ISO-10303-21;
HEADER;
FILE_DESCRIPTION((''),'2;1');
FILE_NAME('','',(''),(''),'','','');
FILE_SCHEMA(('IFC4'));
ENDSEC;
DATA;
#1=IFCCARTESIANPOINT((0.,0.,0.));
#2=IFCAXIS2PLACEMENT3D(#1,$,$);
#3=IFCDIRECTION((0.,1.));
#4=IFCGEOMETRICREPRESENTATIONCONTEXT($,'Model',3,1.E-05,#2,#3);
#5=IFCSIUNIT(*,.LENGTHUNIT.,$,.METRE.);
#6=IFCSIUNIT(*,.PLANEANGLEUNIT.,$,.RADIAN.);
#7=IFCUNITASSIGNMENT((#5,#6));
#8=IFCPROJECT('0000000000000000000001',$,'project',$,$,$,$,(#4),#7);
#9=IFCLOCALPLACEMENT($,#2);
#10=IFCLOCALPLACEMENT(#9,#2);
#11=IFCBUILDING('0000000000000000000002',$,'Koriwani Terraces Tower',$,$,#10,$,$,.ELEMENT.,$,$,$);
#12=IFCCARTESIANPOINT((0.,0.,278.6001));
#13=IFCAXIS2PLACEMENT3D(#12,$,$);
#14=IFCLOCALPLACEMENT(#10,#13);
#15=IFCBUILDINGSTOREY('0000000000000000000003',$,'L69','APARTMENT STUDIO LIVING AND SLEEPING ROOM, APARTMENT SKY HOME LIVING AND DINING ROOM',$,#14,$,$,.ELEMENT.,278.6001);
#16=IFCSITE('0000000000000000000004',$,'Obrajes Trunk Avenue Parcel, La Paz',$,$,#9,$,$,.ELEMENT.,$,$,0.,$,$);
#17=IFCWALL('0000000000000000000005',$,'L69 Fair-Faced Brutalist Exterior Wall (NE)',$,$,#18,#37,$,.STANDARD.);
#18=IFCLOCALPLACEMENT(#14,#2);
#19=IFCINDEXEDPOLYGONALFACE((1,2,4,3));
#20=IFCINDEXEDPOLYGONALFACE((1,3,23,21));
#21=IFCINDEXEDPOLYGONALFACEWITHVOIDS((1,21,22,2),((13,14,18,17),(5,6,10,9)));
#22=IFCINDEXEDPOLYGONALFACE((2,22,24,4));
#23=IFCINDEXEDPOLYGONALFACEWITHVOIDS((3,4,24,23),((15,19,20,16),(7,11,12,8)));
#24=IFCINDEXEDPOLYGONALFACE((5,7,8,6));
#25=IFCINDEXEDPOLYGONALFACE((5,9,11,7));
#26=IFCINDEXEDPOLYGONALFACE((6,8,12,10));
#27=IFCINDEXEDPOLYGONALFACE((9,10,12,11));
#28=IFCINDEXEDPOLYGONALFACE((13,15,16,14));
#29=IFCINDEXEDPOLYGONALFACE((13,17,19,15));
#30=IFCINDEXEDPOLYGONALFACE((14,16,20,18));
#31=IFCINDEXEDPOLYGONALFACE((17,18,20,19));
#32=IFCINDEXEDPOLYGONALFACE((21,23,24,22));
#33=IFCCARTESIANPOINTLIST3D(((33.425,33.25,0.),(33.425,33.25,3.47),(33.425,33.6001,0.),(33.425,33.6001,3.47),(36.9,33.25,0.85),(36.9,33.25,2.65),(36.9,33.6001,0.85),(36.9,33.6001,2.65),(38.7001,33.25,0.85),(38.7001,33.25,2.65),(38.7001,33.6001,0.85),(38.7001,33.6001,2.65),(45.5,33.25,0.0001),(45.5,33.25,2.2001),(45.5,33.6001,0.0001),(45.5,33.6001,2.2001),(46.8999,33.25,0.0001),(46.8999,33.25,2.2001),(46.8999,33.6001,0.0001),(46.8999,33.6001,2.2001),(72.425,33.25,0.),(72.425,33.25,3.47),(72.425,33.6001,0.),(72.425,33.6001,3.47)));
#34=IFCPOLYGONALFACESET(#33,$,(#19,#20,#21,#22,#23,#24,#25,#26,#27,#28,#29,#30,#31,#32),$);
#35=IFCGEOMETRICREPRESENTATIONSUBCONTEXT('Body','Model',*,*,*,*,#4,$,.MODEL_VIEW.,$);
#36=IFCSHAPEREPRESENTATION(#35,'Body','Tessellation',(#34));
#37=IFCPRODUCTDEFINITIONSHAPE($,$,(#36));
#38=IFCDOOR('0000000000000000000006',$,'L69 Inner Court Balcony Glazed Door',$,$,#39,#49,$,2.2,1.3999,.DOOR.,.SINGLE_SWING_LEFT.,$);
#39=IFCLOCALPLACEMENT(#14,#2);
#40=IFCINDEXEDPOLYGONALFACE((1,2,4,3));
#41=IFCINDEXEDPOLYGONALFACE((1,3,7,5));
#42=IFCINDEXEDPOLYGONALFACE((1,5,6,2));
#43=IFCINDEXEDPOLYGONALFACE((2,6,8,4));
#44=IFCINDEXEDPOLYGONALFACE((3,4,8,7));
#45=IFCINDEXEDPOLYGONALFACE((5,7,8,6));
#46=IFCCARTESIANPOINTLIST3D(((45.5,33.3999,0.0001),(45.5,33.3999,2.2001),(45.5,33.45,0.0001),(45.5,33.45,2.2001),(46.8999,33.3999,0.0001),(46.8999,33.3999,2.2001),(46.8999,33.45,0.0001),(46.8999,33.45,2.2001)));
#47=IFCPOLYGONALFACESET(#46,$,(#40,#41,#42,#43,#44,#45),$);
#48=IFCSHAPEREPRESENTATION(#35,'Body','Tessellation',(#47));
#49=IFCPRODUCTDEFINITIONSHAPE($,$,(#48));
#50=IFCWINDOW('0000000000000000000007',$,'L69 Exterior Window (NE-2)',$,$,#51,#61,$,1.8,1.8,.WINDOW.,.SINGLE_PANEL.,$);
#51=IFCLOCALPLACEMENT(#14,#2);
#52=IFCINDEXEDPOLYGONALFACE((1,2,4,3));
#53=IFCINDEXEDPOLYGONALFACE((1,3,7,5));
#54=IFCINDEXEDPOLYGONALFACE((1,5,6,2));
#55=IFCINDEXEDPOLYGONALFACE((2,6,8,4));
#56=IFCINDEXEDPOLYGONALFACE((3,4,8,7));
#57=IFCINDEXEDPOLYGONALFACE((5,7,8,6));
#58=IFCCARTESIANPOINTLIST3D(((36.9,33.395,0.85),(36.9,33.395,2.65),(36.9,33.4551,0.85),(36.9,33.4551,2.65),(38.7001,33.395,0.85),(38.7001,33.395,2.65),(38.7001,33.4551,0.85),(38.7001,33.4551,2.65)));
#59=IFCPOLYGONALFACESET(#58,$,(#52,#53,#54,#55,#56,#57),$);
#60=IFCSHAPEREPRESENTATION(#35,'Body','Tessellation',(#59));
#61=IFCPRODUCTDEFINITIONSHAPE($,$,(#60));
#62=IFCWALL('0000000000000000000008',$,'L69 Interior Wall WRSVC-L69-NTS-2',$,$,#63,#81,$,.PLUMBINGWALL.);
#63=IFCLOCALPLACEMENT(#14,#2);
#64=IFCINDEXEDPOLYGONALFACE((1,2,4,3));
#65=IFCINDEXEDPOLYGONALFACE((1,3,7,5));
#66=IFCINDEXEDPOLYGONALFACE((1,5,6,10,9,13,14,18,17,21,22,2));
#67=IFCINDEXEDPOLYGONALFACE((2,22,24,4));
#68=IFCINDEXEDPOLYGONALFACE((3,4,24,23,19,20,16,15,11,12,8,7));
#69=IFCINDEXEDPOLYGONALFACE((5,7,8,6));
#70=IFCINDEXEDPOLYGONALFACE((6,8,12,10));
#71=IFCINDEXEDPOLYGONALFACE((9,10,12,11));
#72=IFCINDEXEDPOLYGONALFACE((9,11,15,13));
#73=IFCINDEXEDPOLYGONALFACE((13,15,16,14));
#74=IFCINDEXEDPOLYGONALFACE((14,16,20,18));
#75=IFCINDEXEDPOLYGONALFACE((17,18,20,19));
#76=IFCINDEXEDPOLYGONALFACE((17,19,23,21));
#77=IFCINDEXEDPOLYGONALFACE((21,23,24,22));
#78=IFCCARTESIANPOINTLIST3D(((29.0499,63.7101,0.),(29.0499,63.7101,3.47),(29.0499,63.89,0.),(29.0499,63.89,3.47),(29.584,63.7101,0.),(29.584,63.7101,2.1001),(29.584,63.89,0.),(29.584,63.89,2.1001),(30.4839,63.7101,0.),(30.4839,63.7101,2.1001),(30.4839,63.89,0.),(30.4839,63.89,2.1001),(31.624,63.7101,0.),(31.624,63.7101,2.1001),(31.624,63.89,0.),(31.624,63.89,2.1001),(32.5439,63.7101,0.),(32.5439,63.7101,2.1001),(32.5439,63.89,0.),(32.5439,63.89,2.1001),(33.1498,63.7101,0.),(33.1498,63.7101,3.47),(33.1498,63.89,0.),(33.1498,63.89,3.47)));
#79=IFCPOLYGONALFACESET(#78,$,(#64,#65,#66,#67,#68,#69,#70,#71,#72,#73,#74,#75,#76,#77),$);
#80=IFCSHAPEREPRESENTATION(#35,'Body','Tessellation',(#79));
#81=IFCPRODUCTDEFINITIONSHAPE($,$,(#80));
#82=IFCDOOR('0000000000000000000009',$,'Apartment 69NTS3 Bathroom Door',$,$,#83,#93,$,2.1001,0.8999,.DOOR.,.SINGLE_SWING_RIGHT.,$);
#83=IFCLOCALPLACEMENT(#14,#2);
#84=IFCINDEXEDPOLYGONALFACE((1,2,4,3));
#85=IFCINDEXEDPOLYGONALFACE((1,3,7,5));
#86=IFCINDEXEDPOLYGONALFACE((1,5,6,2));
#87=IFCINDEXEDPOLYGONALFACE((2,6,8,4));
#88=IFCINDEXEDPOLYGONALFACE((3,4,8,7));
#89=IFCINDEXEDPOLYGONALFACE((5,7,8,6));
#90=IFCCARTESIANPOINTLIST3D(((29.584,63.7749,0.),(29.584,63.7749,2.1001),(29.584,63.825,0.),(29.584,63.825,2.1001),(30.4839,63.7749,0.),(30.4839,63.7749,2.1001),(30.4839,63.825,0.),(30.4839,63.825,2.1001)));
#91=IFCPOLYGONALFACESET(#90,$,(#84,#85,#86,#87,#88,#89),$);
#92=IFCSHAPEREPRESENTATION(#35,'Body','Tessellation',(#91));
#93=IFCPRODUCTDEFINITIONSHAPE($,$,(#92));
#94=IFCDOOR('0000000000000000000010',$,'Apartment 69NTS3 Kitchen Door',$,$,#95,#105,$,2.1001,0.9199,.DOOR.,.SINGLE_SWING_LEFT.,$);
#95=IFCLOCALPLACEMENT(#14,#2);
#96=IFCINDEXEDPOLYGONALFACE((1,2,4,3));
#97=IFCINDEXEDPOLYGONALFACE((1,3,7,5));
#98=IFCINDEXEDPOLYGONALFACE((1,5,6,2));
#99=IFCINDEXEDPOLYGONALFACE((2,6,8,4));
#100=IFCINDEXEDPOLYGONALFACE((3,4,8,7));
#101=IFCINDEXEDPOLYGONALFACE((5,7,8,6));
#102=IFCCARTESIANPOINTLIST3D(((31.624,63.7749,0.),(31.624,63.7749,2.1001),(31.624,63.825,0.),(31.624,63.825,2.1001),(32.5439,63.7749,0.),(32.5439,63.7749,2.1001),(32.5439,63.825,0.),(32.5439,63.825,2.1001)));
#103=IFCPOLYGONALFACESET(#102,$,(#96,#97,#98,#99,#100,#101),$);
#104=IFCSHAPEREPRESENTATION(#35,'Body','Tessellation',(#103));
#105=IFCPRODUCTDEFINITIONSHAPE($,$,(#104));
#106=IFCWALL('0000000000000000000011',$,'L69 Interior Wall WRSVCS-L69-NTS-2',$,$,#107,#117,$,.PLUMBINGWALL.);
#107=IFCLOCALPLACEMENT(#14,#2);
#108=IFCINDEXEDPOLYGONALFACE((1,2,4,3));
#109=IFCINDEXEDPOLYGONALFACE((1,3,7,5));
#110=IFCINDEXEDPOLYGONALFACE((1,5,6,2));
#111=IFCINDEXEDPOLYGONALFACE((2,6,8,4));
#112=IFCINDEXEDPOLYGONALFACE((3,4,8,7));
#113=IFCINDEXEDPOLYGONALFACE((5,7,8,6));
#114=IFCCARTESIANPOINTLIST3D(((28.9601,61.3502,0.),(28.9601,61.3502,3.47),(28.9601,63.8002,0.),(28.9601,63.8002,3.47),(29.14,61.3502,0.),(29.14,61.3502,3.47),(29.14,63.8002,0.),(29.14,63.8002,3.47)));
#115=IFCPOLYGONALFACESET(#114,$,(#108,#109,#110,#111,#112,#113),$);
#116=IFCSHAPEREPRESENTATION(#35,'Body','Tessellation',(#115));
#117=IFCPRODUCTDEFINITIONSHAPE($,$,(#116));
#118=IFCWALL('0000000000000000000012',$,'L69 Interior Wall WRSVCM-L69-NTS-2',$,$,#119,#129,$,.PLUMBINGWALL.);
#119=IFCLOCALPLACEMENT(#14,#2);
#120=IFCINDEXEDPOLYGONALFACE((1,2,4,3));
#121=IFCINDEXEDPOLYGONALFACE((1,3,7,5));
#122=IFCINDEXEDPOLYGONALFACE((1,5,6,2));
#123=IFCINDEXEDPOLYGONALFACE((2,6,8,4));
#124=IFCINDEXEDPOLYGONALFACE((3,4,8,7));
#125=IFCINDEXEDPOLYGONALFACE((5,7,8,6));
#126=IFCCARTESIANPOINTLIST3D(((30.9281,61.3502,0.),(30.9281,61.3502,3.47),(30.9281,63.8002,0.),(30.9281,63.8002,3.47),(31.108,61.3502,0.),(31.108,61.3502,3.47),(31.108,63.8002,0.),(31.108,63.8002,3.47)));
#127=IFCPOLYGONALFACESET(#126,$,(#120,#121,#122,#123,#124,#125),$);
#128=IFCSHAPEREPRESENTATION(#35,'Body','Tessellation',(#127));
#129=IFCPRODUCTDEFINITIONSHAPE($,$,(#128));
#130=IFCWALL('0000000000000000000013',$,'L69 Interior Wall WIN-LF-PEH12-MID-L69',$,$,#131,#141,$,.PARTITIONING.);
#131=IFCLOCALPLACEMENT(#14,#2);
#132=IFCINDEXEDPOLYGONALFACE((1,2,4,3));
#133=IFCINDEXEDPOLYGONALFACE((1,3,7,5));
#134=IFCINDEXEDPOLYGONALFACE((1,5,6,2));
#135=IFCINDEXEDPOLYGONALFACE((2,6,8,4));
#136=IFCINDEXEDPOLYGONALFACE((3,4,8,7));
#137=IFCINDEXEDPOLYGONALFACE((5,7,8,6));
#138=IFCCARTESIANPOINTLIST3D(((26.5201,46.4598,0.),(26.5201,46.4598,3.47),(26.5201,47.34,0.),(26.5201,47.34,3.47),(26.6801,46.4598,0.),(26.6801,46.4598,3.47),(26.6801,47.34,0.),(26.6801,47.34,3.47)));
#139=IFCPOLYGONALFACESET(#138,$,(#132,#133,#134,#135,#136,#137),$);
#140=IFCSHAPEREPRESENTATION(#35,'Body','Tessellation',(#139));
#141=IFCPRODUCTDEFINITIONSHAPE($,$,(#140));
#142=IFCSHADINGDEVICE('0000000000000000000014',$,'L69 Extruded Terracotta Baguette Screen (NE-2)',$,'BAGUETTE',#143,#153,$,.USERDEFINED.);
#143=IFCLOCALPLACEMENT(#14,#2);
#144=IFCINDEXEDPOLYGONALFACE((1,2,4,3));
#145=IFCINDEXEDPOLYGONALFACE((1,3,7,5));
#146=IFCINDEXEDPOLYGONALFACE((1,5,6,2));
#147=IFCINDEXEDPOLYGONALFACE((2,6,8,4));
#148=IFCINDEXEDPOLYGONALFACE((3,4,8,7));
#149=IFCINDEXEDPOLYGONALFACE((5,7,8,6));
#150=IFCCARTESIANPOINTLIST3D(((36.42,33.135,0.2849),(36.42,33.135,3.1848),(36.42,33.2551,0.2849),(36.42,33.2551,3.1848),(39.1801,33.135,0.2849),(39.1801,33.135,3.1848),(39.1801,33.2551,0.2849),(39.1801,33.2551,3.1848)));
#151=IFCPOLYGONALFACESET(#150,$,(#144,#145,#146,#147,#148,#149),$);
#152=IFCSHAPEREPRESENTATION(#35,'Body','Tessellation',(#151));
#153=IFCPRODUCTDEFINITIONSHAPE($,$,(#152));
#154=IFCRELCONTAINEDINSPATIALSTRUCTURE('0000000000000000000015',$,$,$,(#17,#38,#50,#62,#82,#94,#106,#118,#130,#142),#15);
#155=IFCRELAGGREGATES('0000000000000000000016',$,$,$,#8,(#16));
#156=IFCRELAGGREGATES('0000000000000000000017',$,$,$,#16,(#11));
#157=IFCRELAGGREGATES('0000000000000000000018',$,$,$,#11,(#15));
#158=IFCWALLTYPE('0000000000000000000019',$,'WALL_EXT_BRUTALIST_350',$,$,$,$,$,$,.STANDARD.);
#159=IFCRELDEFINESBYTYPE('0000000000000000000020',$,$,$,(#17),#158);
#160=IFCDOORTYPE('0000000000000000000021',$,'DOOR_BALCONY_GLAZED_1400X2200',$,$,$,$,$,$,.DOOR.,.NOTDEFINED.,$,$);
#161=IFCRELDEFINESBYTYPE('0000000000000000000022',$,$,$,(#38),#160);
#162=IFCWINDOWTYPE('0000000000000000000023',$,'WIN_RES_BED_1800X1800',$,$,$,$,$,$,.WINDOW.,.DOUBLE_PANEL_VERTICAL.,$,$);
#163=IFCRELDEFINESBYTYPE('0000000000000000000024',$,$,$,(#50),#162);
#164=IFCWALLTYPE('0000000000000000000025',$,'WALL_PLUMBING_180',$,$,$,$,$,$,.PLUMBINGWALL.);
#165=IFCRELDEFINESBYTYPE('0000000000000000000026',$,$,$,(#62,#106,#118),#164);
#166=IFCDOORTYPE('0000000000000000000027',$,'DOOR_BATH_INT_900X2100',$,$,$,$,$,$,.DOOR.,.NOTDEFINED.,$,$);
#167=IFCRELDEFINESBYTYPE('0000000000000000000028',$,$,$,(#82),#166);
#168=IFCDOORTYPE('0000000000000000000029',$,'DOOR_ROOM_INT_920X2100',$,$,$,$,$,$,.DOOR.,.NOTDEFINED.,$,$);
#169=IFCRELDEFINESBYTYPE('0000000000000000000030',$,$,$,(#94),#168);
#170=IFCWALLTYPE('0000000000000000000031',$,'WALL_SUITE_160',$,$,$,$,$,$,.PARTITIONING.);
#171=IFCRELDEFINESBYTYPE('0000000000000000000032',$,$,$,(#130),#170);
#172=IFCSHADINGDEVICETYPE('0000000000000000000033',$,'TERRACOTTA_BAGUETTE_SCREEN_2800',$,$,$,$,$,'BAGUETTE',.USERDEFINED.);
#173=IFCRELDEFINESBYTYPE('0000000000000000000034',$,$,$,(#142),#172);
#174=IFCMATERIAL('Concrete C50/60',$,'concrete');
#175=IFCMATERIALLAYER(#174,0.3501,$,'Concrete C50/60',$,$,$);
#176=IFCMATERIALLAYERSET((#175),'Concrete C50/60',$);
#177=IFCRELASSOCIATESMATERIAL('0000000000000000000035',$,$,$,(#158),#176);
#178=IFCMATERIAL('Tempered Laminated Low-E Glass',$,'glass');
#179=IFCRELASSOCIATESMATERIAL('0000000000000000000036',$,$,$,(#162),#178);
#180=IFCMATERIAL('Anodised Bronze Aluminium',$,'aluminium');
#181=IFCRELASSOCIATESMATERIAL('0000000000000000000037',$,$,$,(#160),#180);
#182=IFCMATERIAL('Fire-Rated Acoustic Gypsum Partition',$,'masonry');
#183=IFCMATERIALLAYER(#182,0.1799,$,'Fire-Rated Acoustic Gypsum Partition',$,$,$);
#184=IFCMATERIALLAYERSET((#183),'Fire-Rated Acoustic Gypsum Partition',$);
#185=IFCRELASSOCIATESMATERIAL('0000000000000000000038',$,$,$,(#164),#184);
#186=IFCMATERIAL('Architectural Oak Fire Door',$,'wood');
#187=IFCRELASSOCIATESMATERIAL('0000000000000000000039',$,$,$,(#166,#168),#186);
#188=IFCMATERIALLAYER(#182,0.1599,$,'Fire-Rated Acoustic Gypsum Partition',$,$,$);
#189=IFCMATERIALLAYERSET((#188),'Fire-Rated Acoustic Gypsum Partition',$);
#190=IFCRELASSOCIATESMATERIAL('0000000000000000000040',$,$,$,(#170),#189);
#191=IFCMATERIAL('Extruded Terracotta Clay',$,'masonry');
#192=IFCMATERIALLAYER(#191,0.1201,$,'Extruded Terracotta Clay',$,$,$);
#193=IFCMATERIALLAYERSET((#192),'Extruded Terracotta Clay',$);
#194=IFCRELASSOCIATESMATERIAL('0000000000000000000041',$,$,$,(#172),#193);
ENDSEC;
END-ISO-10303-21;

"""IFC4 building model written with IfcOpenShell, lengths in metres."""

from ifc_helpers import new_model, si_unit, direction, frame, frame_2d, origin, origin_2d, place, context, subcontext, project, spatial, rectangle, extrude, material, layer, layer_set, type_object, element, fill, save


model = new_model("IFC4")

# Units and contexts
model_context = context("Model", 3, precision=1e-05, world=origin(), true_north=direction((0.0, 1.0)))
body_context = subcontext(model_context, "Body", "Model", "MODEL_VIEW")
ifc_project = project(units=[si_unit("LENGTHUNIT", "METRE"), si_unit("PLANEANGLEUNIT", "RADIAN")], contexts=[model_context])

# Site, building, storey
site_placement = place(None, origin())
site = spatial("IfcSite", under=ifc_project, at=site_placement, Name="Obrajes Trunk Avenue Parcel, La Paz", CompositionType="ELEMENT", RefElevation=0.0)
building_placement = place(site_placement, origin())
building = spatial("IfcBuilding", under=site, at=building_placement, Name="Koriwani Terraces Tower", CompositionType="ELEMENT")
storey_placement = place(building_placement, frame((0.0, 0.0, 278.6001)))
storey = spatial("IfcBuildingStorey", under=building, at=storey_placement, Name="L69", Description="APARTMENT STUDIO LIVING AND SLEEPING ROOM, APARTMENT SKY HOME LIVING AND DINING ROOM", CompositionType="ELEMENT", Elevation=278.6001)

# Shared definitions
ifc_material_1 = material(Name="Concrete C50/60", Category="concrete")

# Shared definitions
ifc_layer_1 = layer(ifc_material_1, 0.3501, Name="Concrete C50/60")
ifc_layer_set_1 = layer_set([ifc_layer_1], Name="Concrete C50/60")
wall_type_1 = type_object("IfcWallType", Name="WALL_EXT_BRUTALIST_350", PredefinedType="STANDARD", material=ifc_layer_set_1)

# Shared definitions
ifc_material_2 = material(Name="Tempered Laminated Low-E Glass", Category="glass")
window_type = type_object("IfcWindowType", Name="WIN_RES_BED_1800X1800", PartitioningType="DOUBLE_PANEL_VERTICAL", PredefinedType="WINDOW", material=ifc_material_2)

# Wall, openings, door, window
wall_1_placement = place(storey_placement, frame((33.425, 33.425, 0.0), z_axis=(0.0, 0.0, 1.0), x_axis=(1.0, 0.0, 0.0)))
wall_1 = element("IfcWall", 1, at=wall_1_placement, inside=storey, type_object=wall_type_1, Name="L69 Fair-Faced Brutalist Exterior Wall (NE)", PredefinedType="STANDARD", context=body_context, shape_type="SweptSolid", body=[
    extrude(rectangle(XDim=39.0, YDim=0.3501, at=frame_2d((19.5, 0.0))), origin(), (0.0, 0.0, 1.0), 3.47),
])
opening_1_placement = place(wall_1_placement, frame((12.075, 0.0, 0.0)))
opening_1 = element("IfcOpeningElement", 2, at=opening_1_placement, cuts=wall_1, PredefinedType="OPENING", context=body_context, shape_type="SweptSolid", body=[
    extrude(rectangle(XDim=1.3999, YDim=2.2, at=frame_2d((0.7, 1.1001))), frame((0.0, 0.1851, 0.0), z_axis=(0.0, -1.0, 0.0), x_axis=(1.0, 0.0, 0.0)), (0.0, 0.0, 1.0), 0.3701),
])
opening_2_placement = place(wall_1_placement, frame((3.4751, 0.0, 0.8501)))
opening_2 = element("IfcOpeningElement", 3, at=opening_2_placement, cuts=wall_1, PredefinedType="OPENING", context=body_context, shape_type="SweptSolid", body=[
    extrude(rectangle(XDim=1.8, YDim=1.8, at=frame_2d((0.8999, 0.8999))), frame((0.0, 0.1851, 0.0), z_axis=(0.0, -1.0, 0.0), x_axis=(1.0, 0.0, 0.0)), (0.0, 0.0, 1.0), 0.3701),
])
ifc_material_3 = material(Name="Anodised Bronze Aluminium", Category="aluminium")
door_type_1 = type_object("IfcDoorType", Name="DOOR_BALCONY_GLAZED_1400X2200", OperationType="NOTDEFINED", PredefinedType="DOOR", material=ifc_material_3)
door_1_placement = place(opening_1_placement, origin())
door_1 = element("IfcDoor", 4, at=door_1_placement, inside=storey, type_object=door_type_1, Name="L69 Inner Court Balcony Glazed Door", OperationType="SINGLE_SWING_LEFT", OverallHeight=2.2, OverallWidth=1.3999, PredefinedType="DOOR", context=body_context, shape_type="SweptSolid", body=[
    extrude(rectangle(XDim=1.3999, YDim=2.2, at=frame_2d((0.7, 1.1001))), frame((0.0, 0.0249, 0.0), z_axis=(0.0, -1.0, 0.0), x_axis=(1.0, 0.0, 0.0)), (0.0, 0.0, 1.0), 0.05),
])
fill(opening_1, door_1)
window_1_placement = place(opening_2_placement, origin())
window_1 = element("IfcWindow", 5, at=window_1_placement, inside=storey, type_object=window_type, Name="L69 Exterior Window (NE-2)", OverallHeight=1.8, OverallWidth=1.8, PartitioningType="SINGLE_PANEL", PredefinedType="WINDOW", context=body_context, shape_type="SweptSolid", body=[
    extrude(rectangle(XDim=1.8, YDim=1.8, at=frame_2d((0.8999, 0.8999))), frame((0.0, 0.03, 0.0), z_axis=(0.0, -1.0, 0.0), x_axis=(1.0, 0.0, 0.0)), (0.0, 0.0, 1.0), 0.0601),
])
fill(opening_2, window_1)

# Wall, openings, doors
ifc_material_4 = material(Name="Fire-Rated Acoustic Gypsum Partition", Category="masonry")
ifc_layer_2 = layer(ifc_material_4, 0.1799, Name="Fire-Rated Acoustic Gypsum Partition")
ifc_layer_set_2 = layer_set([ifc_layer_2], Name="Fire-Rated Acoustic Gypsum Partition")
wall_type_2 = type_object("IfcWallType", Name="WALL_PLUMBING_180", PredefinedType="PLUMBINGWALL", material=ifc_layer_set_2)
wall_2_placement = place(storey_placement, frame((29.05, 63.8, 0.0), z_axis=(0.0, 0.0, 1.0), x_axis=(1.0, 0.0, 0.0)))
wall_2 = element("IfcWall", 6, at=wall_2_placement, inside=storey, type_object=wall_type_2, Name="L69 Interior Wall WRSVC-L69-NTS-2", PredefinedType="PLUMBINGWALL", context=body_context, shape_type="SweptSolid", body=[
    extrude(rectangle(XDim=4.0999, YDim=0.1799, at=frame_2d((2.0498, 0.0))), origin(), (0.0, 0.0, 1.0), 3.47),
])
opening_3_placement = place(wall_2_placement, frame((0.5339, 0.0, 0.0)))
opening_3 = element("IfcOpeningElement", 7, at=opening_3_placement, cuts=wall_2, PredefinedType="OPENING", context=body_context, shape_type="SweptSolid", body=[
    extrude(rectangle(XDim=0.8999, YDim=2.1001, at=frame_2d((0.45, 1.05))), frame((0.0, 0.1001, 0.0), z_axis=(0.0, -1.0, 0.0), x_axis=(1.0, 0.0, 0.0)), (0.0, 0.0, 1.0), 0.2),
])
opening_4_placement = place(wall_2_placement, frame((2.574, 0.0, 0.0)))
opening_4 = element("IfcOpeningElement", 8, at=opening_4_placement, cuts=wall_2, PredefinedType="OPENING", context=body_context, shape_type="SweptSolid", body=[
    extrude(rectangle(XDim=0.9199, YDim=2.1001, at=frame_2d((0.46, 1.05))), frame((0.0, 0.1001, 0.0), z_axis=(0.0, -1.0, 0.0), x_axis=(1.0, 0.0, 0.0)), (0.0, 0.0, 1.0), 0.2),
])
ifc_material_5 = material(Name="Architectural Oak Fire Door", Category="wood")
door_type_2 = type_object("IfcDoorType", Name="DOOR_BATH_INT_900X2100", OperationType="NOTDEFINED", PredefinedType="DOOR", material=ifc_material_5)
door_2_placement = place(opening_3_placement, origin())
door_2 = element("IfcDoor", 9, at=door_2_placement, inside=storey, type_object=door_type_2, Name="Apartment 69NTS3 Bathroom Door", OperationType="SINGLE_SWING_RIGHT", OverallHeight=2.1001, OverallWidth=0.8999, PredefinedType="DOOR", context=body_context, shape_type="SweptSolid", body=[
    extrude(rectangle(XDim=0.8999, YDim=2.1001, at=frame_2d((0.45, 1.05))), frame((0.0, 0.0249, 0.0), z_axis=(0.0, -1.0, 0.0), x_axis=(1.0, 0.0, 0.0)), (0.0, 0.0, 1.0), 0.05),
])
fill(opening_3, door_2)
door_type_3 = type_object("IfcDoorType", Name="DOOR_ROOM_INT_920X2100", OperationType="NOTDEFINED", PredefinedType="DOOR", material=ifc_material_5)
door_3_placement = place(opening_4_placement, origin())
door_3 = element("IfcDoor", 10, at=door_3_placement, inside=storey, type_object=door_type_3, Name="Apartment 69NTS3 Kitchen Door", OperationType="SINGLE_SWING_LEFT", OverallHeight=2.1001, OverallWidth=0.9199, PredefinedType="DOOR", context=body_context, shape_type="SweptSolid", body=[
    extrude(rectangle(XDim=0.9199, YDim=2.1001, at=frame_2d((0.46, 1.05))), frame((0.0, 0.0249, 0.0), z_axis=(0.0, -1.0, 0.0), x_axis=(1.0, 0.0, 0.0)), (0.0, 0.0, 1.0), 0.05),
])
fill(opening_4, door_3)

# Walls
for number, where, z_axis, x_axis, name in (
    (11, (29.05, 61.3501, 0.0), (0.0, 0.0, 1.0), (0.0, 1.0, 0.0), "L69 Interior Wall WRSVCS-L69-NTS-2"),
    (12, (31.0181, 61.3501, 0.0), (0.0, 0.0, 1.0), (0.0, 1.0, 0.0), "L69 Interior Wall WRSVCM-L69-NTS-2"),
):
    element("IfcWall", number, at=place(storey_placement, frame(where, z_axis=z_axis, x_axis=x_axis)), inside=storey, type_object=wall_type_2, Name=name, PredefinedType="PLUMBINGWALL", context=body_context, shape_type="SweptSolid", body=[
        extrude(rectangle(XDim=2.45, YDim=0.1799, at=frame_2d((1.2251, 0.0))), origin(), (0.0, 0.0, 1.0), 3.47),
    ])

# Wall
ifc_layer_3 = layer(ifc_material_4, 0.1599, Name="Fire-Rated Acoustic Gypsum Partition")
ifc_layer_set_3 = layer_set([ifc_layer_3], Name="Fire-Rated Acoustic Gypsum Partition")
wall_type_3 = type_object("IfcWallType", Name="WALL_SUITE_160", PredefinedType="PARTITIONING", material=ifc_layer_set_3)
wall_3_placement = place(storey_placement, frame((26.6001, 46.46, 0.0), z_axis=(0.0, 0.0, 1.0), x_axis=(0.0, 1.0, 0.0)))
element("IfcWall", 13, at=wall_3_placement, inside=storey, type_object=wall_type_3, Name="L69 Interior Wall WIN-LF-PEH12-MID-L69", PredefinedType="PARTITIONING", context=body_context, shape_type="SweptSolid", body=[
    extrude(rectangle(XDim=0.8801, YDim=0.1599, at=frame_2d((0.4399, 0.0))), origin(), (0.0, 0.0, 1.0), 3.47),
])

# Shading device
ifc_material_6 = material(Name="Extruded Terracotta Clay", Category="masonry")
ifc_layer_4 = layer(ifc_material_6, 0.1201, Name="Extruded Terracotta Clay")
ifc_layer_set_4 = layer_set([ifc_layer_4], Name="Extruded Terracotta Clay")
shading_device_type = type_object("IfcShadingDeviceType", Name="TERRACOTTA_BAGUETTE_SCREEN_2800", ElementType="BAGUETTE", PredefinedType="USERDEFINED", material=ifc_layer_set_4)
shading_device_placement = place(storey_placement, frame((37.8, 33.1951, 0.2849), z_axis=(0.0, 0.0, 1.0), x_axis=(1.0, 0.0, 0.0)))
element("IfcShadingDevice", 14, at=shading_device_placement, inside=storey, type_object=shading_device_type, Name="L69 Extruded Terracotta Baguette Screen (NE-2)", ObjectType="BAGUETTE", PredefinedType="USERDEFINED", context=body_context, shape_type="SweptSolid", body=[
    extrude(rectangle(XDim=2.76, YDim=0.1201, at=origin_2d()), origin(), (0.0, 0.0, 1.0), 2.8999),
])

save(model, "model.ifc")
